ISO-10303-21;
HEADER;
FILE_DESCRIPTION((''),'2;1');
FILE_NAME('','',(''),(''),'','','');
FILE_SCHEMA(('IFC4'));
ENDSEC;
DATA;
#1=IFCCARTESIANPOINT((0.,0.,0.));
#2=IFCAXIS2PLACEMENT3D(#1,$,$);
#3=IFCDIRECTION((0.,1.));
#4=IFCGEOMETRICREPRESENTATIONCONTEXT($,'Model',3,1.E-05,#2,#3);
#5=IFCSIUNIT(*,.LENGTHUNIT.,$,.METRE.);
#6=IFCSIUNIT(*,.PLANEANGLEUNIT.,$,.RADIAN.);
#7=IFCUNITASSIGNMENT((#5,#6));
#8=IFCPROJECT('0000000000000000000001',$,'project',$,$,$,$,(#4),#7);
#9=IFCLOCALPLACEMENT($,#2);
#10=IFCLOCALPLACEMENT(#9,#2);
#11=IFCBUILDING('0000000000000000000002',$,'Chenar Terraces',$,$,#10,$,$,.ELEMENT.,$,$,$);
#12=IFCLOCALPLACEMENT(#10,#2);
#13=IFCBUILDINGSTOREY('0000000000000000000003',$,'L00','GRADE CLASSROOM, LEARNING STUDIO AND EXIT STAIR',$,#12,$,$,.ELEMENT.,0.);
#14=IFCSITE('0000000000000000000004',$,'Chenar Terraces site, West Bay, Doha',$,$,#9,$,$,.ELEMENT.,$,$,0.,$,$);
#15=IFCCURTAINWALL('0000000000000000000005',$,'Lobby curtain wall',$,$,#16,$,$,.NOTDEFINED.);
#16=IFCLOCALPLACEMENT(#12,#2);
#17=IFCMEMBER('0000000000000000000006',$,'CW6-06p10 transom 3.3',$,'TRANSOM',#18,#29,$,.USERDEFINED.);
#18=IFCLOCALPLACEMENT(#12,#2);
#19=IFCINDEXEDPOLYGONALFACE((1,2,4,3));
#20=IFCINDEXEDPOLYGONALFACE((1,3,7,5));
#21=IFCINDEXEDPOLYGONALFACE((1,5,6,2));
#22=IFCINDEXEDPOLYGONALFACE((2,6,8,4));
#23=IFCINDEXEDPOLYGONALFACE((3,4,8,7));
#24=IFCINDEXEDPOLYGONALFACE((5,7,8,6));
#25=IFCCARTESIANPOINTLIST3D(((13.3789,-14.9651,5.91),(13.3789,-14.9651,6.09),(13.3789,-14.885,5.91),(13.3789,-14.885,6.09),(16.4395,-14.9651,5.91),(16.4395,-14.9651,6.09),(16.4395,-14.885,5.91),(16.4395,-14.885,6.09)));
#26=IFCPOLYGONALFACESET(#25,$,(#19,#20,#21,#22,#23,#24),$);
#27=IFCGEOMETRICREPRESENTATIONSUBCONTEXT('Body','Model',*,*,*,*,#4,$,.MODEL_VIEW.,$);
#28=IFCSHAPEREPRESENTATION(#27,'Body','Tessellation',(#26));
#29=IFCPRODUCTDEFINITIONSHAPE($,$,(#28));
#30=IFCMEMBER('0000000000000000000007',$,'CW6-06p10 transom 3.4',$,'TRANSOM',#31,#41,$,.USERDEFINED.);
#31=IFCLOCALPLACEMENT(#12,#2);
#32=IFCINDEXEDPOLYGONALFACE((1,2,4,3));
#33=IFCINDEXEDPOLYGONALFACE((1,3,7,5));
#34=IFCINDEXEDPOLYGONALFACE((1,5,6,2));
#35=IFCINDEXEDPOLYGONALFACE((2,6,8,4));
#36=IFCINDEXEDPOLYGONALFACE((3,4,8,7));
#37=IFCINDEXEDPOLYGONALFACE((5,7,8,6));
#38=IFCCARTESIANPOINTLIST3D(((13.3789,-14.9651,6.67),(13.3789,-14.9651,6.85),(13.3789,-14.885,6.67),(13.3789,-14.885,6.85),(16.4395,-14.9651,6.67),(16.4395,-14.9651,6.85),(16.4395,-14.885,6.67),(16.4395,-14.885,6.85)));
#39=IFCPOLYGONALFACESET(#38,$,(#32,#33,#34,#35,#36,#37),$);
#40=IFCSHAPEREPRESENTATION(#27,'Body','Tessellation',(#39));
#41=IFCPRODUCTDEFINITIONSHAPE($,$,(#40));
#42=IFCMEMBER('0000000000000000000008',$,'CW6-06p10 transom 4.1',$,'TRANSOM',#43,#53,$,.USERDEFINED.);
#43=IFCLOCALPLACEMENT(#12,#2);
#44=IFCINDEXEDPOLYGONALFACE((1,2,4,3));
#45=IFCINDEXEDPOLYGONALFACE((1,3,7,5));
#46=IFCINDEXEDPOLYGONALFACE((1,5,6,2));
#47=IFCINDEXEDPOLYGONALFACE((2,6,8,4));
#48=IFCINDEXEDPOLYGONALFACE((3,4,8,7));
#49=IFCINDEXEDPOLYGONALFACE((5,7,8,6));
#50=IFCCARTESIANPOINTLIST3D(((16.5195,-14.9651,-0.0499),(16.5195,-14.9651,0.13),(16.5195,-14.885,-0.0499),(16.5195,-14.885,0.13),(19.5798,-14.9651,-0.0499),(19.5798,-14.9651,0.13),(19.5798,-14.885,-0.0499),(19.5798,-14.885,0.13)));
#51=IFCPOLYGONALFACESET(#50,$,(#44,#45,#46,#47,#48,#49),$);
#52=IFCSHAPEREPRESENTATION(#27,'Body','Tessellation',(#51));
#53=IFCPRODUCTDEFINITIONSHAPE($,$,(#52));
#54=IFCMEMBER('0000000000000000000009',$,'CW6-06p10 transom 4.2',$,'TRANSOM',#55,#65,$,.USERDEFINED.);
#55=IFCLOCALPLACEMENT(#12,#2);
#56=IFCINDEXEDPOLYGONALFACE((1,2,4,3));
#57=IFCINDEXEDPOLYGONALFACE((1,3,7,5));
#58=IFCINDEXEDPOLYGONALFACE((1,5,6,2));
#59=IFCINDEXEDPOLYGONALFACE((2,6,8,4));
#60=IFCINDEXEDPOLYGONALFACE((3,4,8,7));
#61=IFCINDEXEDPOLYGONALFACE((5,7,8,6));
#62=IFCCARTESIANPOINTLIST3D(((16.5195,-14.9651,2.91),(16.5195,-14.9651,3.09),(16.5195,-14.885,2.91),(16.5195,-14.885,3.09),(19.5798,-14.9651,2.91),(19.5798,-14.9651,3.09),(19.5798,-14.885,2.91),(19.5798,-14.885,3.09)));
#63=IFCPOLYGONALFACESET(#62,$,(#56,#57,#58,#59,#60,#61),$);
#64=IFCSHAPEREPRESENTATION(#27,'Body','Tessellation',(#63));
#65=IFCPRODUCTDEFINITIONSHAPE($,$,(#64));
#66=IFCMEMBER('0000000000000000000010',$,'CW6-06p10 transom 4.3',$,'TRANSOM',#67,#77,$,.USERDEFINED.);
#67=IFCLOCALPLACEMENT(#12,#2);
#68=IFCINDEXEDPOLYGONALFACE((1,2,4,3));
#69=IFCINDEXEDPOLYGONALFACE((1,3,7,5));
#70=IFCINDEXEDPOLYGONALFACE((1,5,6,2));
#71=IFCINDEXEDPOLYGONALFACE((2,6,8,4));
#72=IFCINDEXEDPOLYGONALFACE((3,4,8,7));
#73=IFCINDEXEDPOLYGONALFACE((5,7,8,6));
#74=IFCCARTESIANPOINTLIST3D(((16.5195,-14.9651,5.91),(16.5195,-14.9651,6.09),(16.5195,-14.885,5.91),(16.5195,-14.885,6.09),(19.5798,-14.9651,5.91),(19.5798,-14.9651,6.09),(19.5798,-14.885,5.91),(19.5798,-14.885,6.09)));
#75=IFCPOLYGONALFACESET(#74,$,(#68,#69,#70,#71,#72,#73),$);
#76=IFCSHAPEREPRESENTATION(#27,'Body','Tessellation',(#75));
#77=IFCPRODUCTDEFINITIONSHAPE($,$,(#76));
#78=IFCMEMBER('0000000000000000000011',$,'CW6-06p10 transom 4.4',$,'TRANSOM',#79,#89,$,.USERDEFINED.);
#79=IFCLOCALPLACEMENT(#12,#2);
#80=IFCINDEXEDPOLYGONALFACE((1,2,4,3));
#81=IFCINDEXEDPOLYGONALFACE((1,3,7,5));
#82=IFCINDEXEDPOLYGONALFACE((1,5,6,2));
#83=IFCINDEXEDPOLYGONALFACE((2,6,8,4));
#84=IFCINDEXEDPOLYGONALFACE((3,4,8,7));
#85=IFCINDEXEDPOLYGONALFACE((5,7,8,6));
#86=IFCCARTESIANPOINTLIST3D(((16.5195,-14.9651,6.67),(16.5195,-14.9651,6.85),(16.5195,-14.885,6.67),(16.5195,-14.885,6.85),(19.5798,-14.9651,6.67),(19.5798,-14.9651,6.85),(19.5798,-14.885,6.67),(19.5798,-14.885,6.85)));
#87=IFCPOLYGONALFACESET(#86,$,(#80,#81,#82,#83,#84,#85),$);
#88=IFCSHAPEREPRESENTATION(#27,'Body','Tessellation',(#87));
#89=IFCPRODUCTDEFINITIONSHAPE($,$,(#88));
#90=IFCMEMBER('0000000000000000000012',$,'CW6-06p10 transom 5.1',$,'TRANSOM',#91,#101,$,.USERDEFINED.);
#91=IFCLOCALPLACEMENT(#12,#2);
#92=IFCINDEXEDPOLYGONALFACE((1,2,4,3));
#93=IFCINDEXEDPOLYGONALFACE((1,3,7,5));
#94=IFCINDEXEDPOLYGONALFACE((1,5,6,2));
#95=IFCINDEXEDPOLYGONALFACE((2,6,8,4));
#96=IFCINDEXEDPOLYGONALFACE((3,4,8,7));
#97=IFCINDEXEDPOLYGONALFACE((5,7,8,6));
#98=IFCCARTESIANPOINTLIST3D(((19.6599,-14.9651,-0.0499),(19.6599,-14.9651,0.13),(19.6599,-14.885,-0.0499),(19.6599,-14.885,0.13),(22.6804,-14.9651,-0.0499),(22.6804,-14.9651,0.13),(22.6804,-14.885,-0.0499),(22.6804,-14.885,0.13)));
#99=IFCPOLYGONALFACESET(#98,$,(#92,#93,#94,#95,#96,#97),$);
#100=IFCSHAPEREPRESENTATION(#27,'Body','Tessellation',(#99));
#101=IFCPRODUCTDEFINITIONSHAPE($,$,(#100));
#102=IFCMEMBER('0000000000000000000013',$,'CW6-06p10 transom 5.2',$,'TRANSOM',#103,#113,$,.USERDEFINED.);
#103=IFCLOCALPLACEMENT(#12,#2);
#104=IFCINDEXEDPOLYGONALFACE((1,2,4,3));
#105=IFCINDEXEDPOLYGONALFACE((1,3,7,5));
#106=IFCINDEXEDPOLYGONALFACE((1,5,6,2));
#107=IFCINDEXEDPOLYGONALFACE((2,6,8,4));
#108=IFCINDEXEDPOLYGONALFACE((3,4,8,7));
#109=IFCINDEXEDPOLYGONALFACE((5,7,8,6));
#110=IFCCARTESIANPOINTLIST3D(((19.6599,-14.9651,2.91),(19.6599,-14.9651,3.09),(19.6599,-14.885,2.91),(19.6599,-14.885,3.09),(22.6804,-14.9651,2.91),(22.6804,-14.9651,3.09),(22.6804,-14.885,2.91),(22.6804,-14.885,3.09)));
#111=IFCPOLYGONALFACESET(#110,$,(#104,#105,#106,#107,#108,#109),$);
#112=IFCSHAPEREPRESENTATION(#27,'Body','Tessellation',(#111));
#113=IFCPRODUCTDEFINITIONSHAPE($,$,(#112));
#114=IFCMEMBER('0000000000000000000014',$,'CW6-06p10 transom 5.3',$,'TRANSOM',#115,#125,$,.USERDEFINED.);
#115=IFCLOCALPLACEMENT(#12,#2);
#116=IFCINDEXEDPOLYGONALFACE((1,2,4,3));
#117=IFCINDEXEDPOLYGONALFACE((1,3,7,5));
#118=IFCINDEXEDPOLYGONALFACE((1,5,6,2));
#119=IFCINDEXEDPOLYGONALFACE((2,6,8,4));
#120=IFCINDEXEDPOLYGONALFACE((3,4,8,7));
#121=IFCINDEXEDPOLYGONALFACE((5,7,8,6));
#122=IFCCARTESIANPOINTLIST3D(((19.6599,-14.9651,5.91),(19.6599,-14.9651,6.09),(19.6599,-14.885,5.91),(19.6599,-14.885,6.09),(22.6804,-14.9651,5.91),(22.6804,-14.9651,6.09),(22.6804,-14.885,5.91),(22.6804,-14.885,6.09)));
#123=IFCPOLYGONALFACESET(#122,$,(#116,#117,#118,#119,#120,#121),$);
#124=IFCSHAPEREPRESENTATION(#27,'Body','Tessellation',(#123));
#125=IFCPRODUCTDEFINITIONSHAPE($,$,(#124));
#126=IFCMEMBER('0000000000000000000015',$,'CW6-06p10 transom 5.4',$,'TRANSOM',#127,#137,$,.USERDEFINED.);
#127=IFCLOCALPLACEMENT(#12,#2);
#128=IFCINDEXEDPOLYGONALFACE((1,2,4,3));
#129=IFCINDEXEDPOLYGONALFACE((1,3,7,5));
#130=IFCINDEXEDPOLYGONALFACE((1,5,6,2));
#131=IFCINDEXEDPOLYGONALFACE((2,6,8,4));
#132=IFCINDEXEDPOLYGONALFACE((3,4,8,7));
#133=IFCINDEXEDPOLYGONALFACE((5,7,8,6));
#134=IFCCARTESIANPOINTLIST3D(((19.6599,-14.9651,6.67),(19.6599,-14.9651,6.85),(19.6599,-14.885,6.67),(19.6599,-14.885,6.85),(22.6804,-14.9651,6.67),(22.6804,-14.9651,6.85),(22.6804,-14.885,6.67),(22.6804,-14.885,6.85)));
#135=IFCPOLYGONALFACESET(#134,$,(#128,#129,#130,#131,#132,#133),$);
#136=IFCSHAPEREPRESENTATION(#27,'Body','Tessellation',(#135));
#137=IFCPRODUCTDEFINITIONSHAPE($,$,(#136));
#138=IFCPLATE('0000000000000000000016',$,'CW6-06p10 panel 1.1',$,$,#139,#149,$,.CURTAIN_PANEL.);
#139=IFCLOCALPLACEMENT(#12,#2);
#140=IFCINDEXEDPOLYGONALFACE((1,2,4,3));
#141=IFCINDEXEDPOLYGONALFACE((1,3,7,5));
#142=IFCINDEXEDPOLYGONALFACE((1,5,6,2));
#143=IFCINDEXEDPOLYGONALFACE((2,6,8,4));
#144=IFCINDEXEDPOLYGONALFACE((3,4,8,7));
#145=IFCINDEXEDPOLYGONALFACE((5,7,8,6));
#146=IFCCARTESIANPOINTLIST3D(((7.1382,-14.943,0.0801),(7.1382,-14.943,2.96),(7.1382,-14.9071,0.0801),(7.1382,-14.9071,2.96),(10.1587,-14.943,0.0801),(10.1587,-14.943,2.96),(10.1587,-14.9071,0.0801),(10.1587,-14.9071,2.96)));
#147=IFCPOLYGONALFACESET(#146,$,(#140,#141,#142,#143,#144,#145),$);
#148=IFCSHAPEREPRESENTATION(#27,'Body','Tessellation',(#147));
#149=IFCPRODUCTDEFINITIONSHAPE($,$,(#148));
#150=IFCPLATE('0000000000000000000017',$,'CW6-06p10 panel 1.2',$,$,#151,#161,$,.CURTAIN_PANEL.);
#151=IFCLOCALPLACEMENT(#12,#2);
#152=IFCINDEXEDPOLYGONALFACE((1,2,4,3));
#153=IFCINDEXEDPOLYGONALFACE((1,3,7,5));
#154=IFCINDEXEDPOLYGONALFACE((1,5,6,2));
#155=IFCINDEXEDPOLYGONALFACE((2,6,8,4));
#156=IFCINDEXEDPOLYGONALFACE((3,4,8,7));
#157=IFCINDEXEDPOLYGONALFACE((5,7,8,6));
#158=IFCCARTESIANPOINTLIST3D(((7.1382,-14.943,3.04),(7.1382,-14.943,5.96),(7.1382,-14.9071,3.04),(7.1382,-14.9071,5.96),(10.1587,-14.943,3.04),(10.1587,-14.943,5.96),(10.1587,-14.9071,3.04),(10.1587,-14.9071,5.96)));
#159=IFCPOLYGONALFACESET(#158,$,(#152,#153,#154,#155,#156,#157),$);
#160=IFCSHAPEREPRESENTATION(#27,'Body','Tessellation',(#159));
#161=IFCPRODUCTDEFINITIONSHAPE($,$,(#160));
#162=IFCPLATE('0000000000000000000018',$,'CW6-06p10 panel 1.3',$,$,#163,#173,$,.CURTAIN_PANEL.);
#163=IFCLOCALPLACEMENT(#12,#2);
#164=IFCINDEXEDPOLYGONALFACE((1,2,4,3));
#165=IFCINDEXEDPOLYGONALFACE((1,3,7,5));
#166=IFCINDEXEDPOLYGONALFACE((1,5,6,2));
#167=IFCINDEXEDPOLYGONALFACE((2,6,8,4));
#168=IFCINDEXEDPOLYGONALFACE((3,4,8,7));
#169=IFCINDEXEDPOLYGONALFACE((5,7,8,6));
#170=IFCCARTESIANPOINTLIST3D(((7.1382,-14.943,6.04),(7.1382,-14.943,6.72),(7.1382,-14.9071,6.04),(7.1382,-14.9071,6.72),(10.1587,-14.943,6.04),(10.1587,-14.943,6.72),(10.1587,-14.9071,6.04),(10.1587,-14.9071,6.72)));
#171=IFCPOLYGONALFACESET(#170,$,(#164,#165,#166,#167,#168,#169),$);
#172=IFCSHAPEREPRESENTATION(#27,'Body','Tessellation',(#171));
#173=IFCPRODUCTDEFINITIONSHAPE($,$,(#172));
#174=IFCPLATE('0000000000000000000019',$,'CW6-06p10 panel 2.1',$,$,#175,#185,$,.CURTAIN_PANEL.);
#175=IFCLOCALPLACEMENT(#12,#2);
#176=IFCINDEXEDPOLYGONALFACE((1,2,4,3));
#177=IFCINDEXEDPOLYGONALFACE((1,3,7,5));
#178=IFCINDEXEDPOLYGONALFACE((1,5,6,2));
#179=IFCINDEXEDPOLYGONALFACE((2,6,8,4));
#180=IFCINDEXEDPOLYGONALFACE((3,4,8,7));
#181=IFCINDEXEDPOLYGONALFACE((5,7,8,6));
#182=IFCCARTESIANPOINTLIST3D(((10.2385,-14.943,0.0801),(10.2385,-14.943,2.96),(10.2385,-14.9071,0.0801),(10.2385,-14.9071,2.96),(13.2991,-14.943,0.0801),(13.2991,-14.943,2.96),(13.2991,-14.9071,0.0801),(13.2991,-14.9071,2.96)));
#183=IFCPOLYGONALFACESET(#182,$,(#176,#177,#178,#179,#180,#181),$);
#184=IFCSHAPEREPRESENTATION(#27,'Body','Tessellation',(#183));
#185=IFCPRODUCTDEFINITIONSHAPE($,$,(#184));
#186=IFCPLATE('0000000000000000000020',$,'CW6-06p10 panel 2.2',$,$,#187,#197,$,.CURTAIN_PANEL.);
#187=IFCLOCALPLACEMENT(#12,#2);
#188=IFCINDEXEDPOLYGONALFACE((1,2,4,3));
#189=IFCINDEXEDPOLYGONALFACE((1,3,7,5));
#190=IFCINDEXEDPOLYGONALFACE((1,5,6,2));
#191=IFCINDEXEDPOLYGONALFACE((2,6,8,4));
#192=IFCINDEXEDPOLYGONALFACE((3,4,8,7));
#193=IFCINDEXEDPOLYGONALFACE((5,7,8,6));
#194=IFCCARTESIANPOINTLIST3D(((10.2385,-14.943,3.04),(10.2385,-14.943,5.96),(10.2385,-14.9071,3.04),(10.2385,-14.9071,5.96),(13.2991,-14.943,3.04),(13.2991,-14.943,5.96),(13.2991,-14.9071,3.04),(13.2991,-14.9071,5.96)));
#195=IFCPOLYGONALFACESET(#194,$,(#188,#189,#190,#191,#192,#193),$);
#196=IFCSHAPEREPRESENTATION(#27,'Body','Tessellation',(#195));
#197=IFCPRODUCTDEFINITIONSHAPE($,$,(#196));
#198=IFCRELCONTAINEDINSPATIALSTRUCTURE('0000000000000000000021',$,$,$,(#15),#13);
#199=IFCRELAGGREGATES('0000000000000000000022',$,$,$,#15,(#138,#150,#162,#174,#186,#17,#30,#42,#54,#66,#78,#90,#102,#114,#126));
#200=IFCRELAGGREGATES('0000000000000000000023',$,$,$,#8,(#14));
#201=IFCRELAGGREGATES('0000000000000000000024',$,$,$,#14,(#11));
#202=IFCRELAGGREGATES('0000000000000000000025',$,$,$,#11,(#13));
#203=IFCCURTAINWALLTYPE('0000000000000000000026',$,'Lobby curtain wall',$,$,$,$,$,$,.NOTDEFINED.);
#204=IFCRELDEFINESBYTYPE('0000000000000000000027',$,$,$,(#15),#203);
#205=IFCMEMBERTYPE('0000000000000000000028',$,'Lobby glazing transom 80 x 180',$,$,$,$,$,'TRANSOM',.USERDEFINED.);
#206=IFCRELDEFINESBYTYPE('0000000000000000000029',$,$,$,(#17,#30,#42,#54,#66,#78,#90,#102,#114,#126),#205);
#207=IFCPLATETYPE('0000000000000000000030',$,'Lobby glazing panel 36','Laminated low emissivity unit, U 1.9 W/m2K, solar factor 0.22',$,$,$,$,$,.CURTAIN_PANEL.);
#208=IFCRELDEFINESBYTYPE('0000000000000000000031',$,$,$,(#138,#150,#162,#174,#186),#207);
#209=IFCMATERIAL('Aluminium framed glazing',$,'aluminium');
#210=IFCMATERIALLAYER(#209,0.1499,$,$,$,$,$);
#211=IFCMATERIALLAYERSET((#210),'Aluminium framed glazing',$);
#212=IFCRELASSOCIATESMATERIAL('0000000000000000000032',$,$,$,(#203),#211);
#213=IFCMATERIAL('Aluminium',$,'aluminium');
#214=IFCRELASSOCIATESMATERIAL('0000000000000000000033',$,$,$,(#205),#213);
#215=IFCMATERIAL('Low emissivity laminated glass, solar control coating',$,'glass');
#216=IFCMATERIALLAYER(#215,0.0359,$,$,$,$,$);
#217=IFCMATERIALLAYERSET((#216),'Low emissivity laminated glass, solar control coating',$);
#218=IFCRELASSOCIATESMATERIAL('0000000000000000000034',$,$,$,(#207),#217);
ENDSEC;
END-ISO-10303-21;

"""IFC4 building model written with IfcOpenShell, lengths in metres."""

from ifc_helpers import new_model, si_unit, direction, frame, origin, origin_2d, place, context, subcontext, project, spatial, rectangle, extrude, material, layer, layer_set, material_profile, profile_set, type_object, element, aggregate, save


model = new_model("IFC4")

# Units and contexts
model_context = context("Model", 3, precision=1e-05, world=origin(), true_north=direction((0.0, 1.0)))
body_context = subcontext(model_context, "Body", "Model", "MODEL_VIEW")
ifc_project = project(units=[si_unit("LENGTHUNIT", "METRE"), si_unit("PLANEANGLEUNIT", "RADIAN")], contexts=[model_context])

# Site, building, storey
site_placement = place(None, origin())
site = spatial("IfcSite", under=ifc_project, at=site_placement, Name="Chenar Terraces site, West Bay, Doha", CompositionType="ELEMENT", RefElevation=0.0)
building_placement = place(site_placement, origin())
building = spatial("IfcBuilding", under=site, at=building_placement, Name="Chenar Terraces", CompositionType="ELEMENT")
storey_placement = place(building_placement, origin())
storey = spatial("IfcBuildingStorey", under=building, at=storey_placement, Name="L00", Description="GRADE CLASSROOM, LEARNING STUDIO AND EXIT STAIR", CompositionType="ELEMENT", Elevation=0.0)

# Curtain wall, members, plates
ifc_material_1 = material(Name="Aluminium framed glazing", Category="aluminium")
ifc_layer_1 = layer(ifc_material_1, 0.1499)
ifc_layer_set_1 = layer_set([ifc_layer_1], Name="Aluminium framed glazing")
curtain_wall_type = type_object("IfcCurtainWallType", Name="Lobby curtain wall", PredefinedType="NOTDEFINED", material=ifc_layer_set_1)
curtain_wall_placement = place(storey_placement, origin())
curtain_wall = element("IfcCurtainWall", 1, at=curtain_wall_placement, inside=storey, type_object=curtain_wall_type, Name="Lobby curtain wall", PredefinedType="NOTDEFINED")
ifc_material_2 = material(Name="Aluminium", Category="aluminium")
ifc_material_profile_1 = material_profile(ifc_material_2, rectangle(XDim=0.0801, YDim=0.1799, at=origin_2d()), Name="Lobby glazing transom 80 x 180")
ifc_profile_set_1 = profile_set([ifc_material_profile_1], Name="Aluminium")
member_type_1 = type_object("IfcMemberType", Name="Lobby glazing transom 80 x 180", ElementType="TRANSOM", PredefinedType="USERDEFINED", material=ifc_profile_set_1)
member_1_placement = place(storey_placement, frame((13.3789, -14.925, 6.0), z_axis=(1.0, 0.0, 0.0), x_axis=(0.0, 1.0, 0.0)))
member_1 = element("IfcMember", 2, at=member_1_placement, type_object=member_type_1, Name="CW6-06p10 transom 3.3", ObjectType="TRANSOM", PredefinedType="USERDEFINED", context=body_context, shape_type="SweptSolid", body=[
    extrude(rectangle(XDim=0.0801, YDim=0.1799, at=origin_2d()), origin(), (0.0, 0.0, 1.0), 3.0605),
])
member_2_placement = place(storey_placement, frame((13.3789, -14.925, 6.76), z_axis=(1.0, 0.0, 0.0), x_axis=(0.0, 1.0, 0.0)))
member_2 = element("IfcMember", 3, at=member_2_placement, type_object=member_type_1, Name="CW6-06p10 transom 3.4", ObjectType="TRANSOM", PredefinedType="USERDEFINED", context=body_context, shape_type="SweptSolid", body=[
    extrude(rectangle(XDim=0.0801, YDim=0.1799, at=origin_2d()), origin(), (0.0, 0.0, 1.0), 3.0605),
])
member_3_placement = place(storey_placement, frame((16.5195, -14.925, 0.04), z_axis=(1.0, 0.0, 0.0), x_axis=(0.0, 1.0, 0.0)))
member_3 = element("IfcMember", 4, at=member_3_placement, type_object=member_type_1, Name="CW6-06p10 transom 4.1", ObjectType="TRANSOM", PredefinedType="USERDEFINED", context=body_context, shape_type="SweptSolid", body=[
    extrude(rectangle(XDim=0.0801, YDim=0.1799, at=origin_2d()), origin(), (0.0, 0.0, 1.0), 3.0603),
])
member_4_placement = place(storey_placement, frame((16.5195, -14.925, 3.0), z_axis=(1.0, 0.0, 0.0), x_axis=(0.0, 1.0, 0.0)))
member_4 = element("IfcMember", 5, at=member_4_placement, type_object=member_type_1, Name="CW6-06p10 transom 4.2", ObjectType="TRANSOM", PredefinedType="USERDEFINED", context=body_context, shape_type="SweptSolid", body=[
    extrude(rectangle(XDim=0.0801, YDim=0.1799, at=origin_2d()), origin(), (0.0, 0.0, 1.0), 3.0603),
])
member_5_placement = place(storey_placement, frame((16.5195, -14.925, 6.0), z_axis=(1.0, 0.0, 0.0), x_axis=(0.0, 1.0, 0.0)))
member_5 = element("IfcMember", 6, at=member_5_placement, type_object=member_type_1, Name="CW6-06p10 transom 4.3", ObjectType="TRANSOM", PredefinedType="USERDEFINED", context=body_context, shape_type="SweptSolid", body=[
    extrude(rectangle(XDim=0.0801, YDim=0.1799, at=origin_2d()), origin(), (0.0, 0.0, 1.0), 3.0603),
])
member_6_placement = place(storey_placement, frame((16.5195, -14.925, 6.76), z_axis=(1.0, 0.0, 0.0), x_axis=(0.0, 1.0, 0.0)))
member_6 = element("IfcMember", 7, at=member_6_placement, type_object=member_type_1, Name="CW6-06p10 transom 4.4", ObjectType="TRANSOM", PredefinedType="USERDEFINED", context=body_context, shape_type="SweptSolid", body=[
    extrude(rectangle(XDim=0.0801, YDim=0.1799, at=origin_2d()), origin(), (0.0, 0.0, 1.0), 3.0603),
])
member_7_placement = place(storey_placement, frame((19.6599, -14.925, 0.04), z_axis=(1.0, 0.0, 0.0), x_axis=(0.0, 1.0, 0.0)))
member_7 = element("IfcMember", 8, at=member_7_placement, type_object=member_type_1, Name="CW6-06p10 transom 5.1", ObjectType="TRANSOM", PredefinedType="USERDEFINED", context=body_context, shape_type="SweptSolid", body=[
    extrude(rectangle(XDim=0.0801, YDim=0.1799, at=origin_2d()), origin(), (0.0, 0.0, 1.0), 3.0205),
])
member_8_placement = place(storey_placement, frame((19.6599, -14.925, 3.0), z_axis=(1.0, 0.0, 0.0), x_axis=(0.0, 1.0, 0.0)))
member_8 = element("IfcMember", 9, at=member_8_placement, type_object=member_type_1, Name="CW6-06p10 transom 5.2", ObjectType="TRANSOM", PredefinedType="USERDEFINED", context=body_context, shape_type="SweptSolid", body=[
    extrude(rectangle(XDim=0.0801, YDim=0.1799, at=origin_2d()), origin(), (0.0, 0.0, 1.0), 3.0205),
])
member_9_placement = place(storey_placement, frame((19.6599, -14.925, 6.0), z_axis=(1.0, 0.0, 0.0), x_axis=(0.0, 1.0, 0.0)))
member_9 = element("IfcMember", 10, at=member_9_placement, type_object=member_type_1, Name="CW6-06p10 transom 5.3", ObjectType="TRANSOM", PredefinedType="USERDEFINED", context=body_context, shape_type="SweptSolid", body=[
    extrude(rectangle(XDim=0.0801, YDim=0.1799, at=origin_2d()), origin(), (0.0, 0.0, 1.0), 3.0205),
])
member_10_placement = place(storey_placement, frame((19.6599, -14.925, 6.76), z_axis=(1.0, 0.0, 0.0), x_axis=(0.0, 1.0, 0.0)))
member_10 = element("IfcMember", 11, at=member_10_placement, type_object=member_type_1, Name="CW6-06p10 transom 5.4", ObjectType="TRANSOM", PredefinedType="USERDEFINED", context=body_context, shape_type="SweptSolid", body=[
    extrude(rectangle(XDim=0.0801, YDim=0.1799, at=origin_2d()), origin(), (0.0, 0.0, 1.0), 3.0205),
])
ifc_material_3 = material(Name="Low emissivity laminated glass, solar control coating", Category="glass")
ifc_layer_2 = layer(ifc_material_3, 0.0359)
ifc_layer_set_2 = layer_set([ifc_layer_2], Name="Low emissivity laminated glass, solar control coating")
plate_type = type_object("IfcPlateType", Name="Lobby glazing panel 36", Description="Laminated low emissivity unit, U 1.9 W/m2K, solar factor 0.22", PredefinedType="CURTAIN_PANEL", material=ifc_layer_set_2)
plate_1_placement = place(storey_placement, frame((8.6484, -14.925, 0.0801), z_axis=(0.0, 0.0, 1.0), x_axis=(1.0, 0.0, 0.0)))
plate_1 = element("IfcPlate", 12, at=plate_1_placement, type_object=plate_type, Name="CW6-06p10 panel 1.1", PredefinedType="CURTAIN_PANEL", context=body_context, shape_type="SweptSolid", body=[
    extrude(rectangle(XDim=3.0205, YDim=0.0359, at=origin_2d()), origin(), (0.0, 0.0, 1.0), 2.8799),
])
plate_2_placement = place(storey_placement, frame((8.6484, -14.925, 3.04), z_axis=(0.0, 0.0, 1.0), x_axis=(1.0, 0.0, 0.0)))
plate_2 = element("IfcPlate", 13, at=plate_2_placement, type_object=plate_type, Name="CW6-06p10 panel 1.2", PredefinedType="CURTAIN_PANEL", context=body_context, shape_type="SweptSolid", body=[
    extrude(rectangle(XDim=3.0205, YDim=0.0359, at=origin_2d()), origin(), (0.0, 0.0, 1.0), 2.9199),
])
plate_3_placement = place(storey_placement, frame((8.6484, -14.925, 6.04), z_axis=(0.0, 0.0, 1.0), x_axis=(1.0, 0.0, 0.0)))
plate_3 = element("IfcPlate", 14, at=plate_3_placement, type_object=plate_type, Name="CW6-06p10 panel 1.3", PredefinedType="CURTAIN_PANEL", context=body_context, shape_type="SweptSolid", body=[
    extrude(rectangle(XDim=3.0205, YDim=0.0359, at=origin_2d()), origin(), (0.0, 0.0, 1.0), 0.6799),
])
plate_4_placement = place(storey_placement, frame((11.7688, -14.925, 0.0801), z_axis=(0.0, 0.0, 1.0), x_axis=(1.0, 0.0, 0.0)))
plate_4 = element("IfcPlate", 15, at=plate_4_placement, type_object=plate_type, Name="CW6-06p10 panel 2.1", PredefinedType="CURTAIN_PANEL", context=body_context, shape_type="SweptSolid", body=[
    extrude(rectangle(XDim=3.0605, YDim=0.0359, at=origin_2d()), origin(), (0.0, 0.0, 1.0), 2.8799),
])
plate_5_placement = place(storey_placement, frame((11.7688, -14.925, 3.04), z_axis=(0.0, 0.0, 1.0), x_axis=(1.0, 0.0, 0.0)))
plate_5 = element("IfcPlate", 16, at=plate_5_placement, type_object=plate_type, Name="CW6-06p10 panel 2.2", PredefinedType="CURTAIN_PANEL", context=body_context, shape_type="SweptSolid", body=[
    extrude(rectangle(XDim=3.0605, YDim=0.0359, at=origin_2d()), origin(), (0.0, 0.0, 1.0), 2.9199),
])
aggregate(curtain_wall, [plate_1, plate_2, plate_3, plate_4, plate_5, member_1, member_2, member_3, member_4, member_5, member_6, member_7, member_8, member_9, member_10])

save(model, "model.ifc")
